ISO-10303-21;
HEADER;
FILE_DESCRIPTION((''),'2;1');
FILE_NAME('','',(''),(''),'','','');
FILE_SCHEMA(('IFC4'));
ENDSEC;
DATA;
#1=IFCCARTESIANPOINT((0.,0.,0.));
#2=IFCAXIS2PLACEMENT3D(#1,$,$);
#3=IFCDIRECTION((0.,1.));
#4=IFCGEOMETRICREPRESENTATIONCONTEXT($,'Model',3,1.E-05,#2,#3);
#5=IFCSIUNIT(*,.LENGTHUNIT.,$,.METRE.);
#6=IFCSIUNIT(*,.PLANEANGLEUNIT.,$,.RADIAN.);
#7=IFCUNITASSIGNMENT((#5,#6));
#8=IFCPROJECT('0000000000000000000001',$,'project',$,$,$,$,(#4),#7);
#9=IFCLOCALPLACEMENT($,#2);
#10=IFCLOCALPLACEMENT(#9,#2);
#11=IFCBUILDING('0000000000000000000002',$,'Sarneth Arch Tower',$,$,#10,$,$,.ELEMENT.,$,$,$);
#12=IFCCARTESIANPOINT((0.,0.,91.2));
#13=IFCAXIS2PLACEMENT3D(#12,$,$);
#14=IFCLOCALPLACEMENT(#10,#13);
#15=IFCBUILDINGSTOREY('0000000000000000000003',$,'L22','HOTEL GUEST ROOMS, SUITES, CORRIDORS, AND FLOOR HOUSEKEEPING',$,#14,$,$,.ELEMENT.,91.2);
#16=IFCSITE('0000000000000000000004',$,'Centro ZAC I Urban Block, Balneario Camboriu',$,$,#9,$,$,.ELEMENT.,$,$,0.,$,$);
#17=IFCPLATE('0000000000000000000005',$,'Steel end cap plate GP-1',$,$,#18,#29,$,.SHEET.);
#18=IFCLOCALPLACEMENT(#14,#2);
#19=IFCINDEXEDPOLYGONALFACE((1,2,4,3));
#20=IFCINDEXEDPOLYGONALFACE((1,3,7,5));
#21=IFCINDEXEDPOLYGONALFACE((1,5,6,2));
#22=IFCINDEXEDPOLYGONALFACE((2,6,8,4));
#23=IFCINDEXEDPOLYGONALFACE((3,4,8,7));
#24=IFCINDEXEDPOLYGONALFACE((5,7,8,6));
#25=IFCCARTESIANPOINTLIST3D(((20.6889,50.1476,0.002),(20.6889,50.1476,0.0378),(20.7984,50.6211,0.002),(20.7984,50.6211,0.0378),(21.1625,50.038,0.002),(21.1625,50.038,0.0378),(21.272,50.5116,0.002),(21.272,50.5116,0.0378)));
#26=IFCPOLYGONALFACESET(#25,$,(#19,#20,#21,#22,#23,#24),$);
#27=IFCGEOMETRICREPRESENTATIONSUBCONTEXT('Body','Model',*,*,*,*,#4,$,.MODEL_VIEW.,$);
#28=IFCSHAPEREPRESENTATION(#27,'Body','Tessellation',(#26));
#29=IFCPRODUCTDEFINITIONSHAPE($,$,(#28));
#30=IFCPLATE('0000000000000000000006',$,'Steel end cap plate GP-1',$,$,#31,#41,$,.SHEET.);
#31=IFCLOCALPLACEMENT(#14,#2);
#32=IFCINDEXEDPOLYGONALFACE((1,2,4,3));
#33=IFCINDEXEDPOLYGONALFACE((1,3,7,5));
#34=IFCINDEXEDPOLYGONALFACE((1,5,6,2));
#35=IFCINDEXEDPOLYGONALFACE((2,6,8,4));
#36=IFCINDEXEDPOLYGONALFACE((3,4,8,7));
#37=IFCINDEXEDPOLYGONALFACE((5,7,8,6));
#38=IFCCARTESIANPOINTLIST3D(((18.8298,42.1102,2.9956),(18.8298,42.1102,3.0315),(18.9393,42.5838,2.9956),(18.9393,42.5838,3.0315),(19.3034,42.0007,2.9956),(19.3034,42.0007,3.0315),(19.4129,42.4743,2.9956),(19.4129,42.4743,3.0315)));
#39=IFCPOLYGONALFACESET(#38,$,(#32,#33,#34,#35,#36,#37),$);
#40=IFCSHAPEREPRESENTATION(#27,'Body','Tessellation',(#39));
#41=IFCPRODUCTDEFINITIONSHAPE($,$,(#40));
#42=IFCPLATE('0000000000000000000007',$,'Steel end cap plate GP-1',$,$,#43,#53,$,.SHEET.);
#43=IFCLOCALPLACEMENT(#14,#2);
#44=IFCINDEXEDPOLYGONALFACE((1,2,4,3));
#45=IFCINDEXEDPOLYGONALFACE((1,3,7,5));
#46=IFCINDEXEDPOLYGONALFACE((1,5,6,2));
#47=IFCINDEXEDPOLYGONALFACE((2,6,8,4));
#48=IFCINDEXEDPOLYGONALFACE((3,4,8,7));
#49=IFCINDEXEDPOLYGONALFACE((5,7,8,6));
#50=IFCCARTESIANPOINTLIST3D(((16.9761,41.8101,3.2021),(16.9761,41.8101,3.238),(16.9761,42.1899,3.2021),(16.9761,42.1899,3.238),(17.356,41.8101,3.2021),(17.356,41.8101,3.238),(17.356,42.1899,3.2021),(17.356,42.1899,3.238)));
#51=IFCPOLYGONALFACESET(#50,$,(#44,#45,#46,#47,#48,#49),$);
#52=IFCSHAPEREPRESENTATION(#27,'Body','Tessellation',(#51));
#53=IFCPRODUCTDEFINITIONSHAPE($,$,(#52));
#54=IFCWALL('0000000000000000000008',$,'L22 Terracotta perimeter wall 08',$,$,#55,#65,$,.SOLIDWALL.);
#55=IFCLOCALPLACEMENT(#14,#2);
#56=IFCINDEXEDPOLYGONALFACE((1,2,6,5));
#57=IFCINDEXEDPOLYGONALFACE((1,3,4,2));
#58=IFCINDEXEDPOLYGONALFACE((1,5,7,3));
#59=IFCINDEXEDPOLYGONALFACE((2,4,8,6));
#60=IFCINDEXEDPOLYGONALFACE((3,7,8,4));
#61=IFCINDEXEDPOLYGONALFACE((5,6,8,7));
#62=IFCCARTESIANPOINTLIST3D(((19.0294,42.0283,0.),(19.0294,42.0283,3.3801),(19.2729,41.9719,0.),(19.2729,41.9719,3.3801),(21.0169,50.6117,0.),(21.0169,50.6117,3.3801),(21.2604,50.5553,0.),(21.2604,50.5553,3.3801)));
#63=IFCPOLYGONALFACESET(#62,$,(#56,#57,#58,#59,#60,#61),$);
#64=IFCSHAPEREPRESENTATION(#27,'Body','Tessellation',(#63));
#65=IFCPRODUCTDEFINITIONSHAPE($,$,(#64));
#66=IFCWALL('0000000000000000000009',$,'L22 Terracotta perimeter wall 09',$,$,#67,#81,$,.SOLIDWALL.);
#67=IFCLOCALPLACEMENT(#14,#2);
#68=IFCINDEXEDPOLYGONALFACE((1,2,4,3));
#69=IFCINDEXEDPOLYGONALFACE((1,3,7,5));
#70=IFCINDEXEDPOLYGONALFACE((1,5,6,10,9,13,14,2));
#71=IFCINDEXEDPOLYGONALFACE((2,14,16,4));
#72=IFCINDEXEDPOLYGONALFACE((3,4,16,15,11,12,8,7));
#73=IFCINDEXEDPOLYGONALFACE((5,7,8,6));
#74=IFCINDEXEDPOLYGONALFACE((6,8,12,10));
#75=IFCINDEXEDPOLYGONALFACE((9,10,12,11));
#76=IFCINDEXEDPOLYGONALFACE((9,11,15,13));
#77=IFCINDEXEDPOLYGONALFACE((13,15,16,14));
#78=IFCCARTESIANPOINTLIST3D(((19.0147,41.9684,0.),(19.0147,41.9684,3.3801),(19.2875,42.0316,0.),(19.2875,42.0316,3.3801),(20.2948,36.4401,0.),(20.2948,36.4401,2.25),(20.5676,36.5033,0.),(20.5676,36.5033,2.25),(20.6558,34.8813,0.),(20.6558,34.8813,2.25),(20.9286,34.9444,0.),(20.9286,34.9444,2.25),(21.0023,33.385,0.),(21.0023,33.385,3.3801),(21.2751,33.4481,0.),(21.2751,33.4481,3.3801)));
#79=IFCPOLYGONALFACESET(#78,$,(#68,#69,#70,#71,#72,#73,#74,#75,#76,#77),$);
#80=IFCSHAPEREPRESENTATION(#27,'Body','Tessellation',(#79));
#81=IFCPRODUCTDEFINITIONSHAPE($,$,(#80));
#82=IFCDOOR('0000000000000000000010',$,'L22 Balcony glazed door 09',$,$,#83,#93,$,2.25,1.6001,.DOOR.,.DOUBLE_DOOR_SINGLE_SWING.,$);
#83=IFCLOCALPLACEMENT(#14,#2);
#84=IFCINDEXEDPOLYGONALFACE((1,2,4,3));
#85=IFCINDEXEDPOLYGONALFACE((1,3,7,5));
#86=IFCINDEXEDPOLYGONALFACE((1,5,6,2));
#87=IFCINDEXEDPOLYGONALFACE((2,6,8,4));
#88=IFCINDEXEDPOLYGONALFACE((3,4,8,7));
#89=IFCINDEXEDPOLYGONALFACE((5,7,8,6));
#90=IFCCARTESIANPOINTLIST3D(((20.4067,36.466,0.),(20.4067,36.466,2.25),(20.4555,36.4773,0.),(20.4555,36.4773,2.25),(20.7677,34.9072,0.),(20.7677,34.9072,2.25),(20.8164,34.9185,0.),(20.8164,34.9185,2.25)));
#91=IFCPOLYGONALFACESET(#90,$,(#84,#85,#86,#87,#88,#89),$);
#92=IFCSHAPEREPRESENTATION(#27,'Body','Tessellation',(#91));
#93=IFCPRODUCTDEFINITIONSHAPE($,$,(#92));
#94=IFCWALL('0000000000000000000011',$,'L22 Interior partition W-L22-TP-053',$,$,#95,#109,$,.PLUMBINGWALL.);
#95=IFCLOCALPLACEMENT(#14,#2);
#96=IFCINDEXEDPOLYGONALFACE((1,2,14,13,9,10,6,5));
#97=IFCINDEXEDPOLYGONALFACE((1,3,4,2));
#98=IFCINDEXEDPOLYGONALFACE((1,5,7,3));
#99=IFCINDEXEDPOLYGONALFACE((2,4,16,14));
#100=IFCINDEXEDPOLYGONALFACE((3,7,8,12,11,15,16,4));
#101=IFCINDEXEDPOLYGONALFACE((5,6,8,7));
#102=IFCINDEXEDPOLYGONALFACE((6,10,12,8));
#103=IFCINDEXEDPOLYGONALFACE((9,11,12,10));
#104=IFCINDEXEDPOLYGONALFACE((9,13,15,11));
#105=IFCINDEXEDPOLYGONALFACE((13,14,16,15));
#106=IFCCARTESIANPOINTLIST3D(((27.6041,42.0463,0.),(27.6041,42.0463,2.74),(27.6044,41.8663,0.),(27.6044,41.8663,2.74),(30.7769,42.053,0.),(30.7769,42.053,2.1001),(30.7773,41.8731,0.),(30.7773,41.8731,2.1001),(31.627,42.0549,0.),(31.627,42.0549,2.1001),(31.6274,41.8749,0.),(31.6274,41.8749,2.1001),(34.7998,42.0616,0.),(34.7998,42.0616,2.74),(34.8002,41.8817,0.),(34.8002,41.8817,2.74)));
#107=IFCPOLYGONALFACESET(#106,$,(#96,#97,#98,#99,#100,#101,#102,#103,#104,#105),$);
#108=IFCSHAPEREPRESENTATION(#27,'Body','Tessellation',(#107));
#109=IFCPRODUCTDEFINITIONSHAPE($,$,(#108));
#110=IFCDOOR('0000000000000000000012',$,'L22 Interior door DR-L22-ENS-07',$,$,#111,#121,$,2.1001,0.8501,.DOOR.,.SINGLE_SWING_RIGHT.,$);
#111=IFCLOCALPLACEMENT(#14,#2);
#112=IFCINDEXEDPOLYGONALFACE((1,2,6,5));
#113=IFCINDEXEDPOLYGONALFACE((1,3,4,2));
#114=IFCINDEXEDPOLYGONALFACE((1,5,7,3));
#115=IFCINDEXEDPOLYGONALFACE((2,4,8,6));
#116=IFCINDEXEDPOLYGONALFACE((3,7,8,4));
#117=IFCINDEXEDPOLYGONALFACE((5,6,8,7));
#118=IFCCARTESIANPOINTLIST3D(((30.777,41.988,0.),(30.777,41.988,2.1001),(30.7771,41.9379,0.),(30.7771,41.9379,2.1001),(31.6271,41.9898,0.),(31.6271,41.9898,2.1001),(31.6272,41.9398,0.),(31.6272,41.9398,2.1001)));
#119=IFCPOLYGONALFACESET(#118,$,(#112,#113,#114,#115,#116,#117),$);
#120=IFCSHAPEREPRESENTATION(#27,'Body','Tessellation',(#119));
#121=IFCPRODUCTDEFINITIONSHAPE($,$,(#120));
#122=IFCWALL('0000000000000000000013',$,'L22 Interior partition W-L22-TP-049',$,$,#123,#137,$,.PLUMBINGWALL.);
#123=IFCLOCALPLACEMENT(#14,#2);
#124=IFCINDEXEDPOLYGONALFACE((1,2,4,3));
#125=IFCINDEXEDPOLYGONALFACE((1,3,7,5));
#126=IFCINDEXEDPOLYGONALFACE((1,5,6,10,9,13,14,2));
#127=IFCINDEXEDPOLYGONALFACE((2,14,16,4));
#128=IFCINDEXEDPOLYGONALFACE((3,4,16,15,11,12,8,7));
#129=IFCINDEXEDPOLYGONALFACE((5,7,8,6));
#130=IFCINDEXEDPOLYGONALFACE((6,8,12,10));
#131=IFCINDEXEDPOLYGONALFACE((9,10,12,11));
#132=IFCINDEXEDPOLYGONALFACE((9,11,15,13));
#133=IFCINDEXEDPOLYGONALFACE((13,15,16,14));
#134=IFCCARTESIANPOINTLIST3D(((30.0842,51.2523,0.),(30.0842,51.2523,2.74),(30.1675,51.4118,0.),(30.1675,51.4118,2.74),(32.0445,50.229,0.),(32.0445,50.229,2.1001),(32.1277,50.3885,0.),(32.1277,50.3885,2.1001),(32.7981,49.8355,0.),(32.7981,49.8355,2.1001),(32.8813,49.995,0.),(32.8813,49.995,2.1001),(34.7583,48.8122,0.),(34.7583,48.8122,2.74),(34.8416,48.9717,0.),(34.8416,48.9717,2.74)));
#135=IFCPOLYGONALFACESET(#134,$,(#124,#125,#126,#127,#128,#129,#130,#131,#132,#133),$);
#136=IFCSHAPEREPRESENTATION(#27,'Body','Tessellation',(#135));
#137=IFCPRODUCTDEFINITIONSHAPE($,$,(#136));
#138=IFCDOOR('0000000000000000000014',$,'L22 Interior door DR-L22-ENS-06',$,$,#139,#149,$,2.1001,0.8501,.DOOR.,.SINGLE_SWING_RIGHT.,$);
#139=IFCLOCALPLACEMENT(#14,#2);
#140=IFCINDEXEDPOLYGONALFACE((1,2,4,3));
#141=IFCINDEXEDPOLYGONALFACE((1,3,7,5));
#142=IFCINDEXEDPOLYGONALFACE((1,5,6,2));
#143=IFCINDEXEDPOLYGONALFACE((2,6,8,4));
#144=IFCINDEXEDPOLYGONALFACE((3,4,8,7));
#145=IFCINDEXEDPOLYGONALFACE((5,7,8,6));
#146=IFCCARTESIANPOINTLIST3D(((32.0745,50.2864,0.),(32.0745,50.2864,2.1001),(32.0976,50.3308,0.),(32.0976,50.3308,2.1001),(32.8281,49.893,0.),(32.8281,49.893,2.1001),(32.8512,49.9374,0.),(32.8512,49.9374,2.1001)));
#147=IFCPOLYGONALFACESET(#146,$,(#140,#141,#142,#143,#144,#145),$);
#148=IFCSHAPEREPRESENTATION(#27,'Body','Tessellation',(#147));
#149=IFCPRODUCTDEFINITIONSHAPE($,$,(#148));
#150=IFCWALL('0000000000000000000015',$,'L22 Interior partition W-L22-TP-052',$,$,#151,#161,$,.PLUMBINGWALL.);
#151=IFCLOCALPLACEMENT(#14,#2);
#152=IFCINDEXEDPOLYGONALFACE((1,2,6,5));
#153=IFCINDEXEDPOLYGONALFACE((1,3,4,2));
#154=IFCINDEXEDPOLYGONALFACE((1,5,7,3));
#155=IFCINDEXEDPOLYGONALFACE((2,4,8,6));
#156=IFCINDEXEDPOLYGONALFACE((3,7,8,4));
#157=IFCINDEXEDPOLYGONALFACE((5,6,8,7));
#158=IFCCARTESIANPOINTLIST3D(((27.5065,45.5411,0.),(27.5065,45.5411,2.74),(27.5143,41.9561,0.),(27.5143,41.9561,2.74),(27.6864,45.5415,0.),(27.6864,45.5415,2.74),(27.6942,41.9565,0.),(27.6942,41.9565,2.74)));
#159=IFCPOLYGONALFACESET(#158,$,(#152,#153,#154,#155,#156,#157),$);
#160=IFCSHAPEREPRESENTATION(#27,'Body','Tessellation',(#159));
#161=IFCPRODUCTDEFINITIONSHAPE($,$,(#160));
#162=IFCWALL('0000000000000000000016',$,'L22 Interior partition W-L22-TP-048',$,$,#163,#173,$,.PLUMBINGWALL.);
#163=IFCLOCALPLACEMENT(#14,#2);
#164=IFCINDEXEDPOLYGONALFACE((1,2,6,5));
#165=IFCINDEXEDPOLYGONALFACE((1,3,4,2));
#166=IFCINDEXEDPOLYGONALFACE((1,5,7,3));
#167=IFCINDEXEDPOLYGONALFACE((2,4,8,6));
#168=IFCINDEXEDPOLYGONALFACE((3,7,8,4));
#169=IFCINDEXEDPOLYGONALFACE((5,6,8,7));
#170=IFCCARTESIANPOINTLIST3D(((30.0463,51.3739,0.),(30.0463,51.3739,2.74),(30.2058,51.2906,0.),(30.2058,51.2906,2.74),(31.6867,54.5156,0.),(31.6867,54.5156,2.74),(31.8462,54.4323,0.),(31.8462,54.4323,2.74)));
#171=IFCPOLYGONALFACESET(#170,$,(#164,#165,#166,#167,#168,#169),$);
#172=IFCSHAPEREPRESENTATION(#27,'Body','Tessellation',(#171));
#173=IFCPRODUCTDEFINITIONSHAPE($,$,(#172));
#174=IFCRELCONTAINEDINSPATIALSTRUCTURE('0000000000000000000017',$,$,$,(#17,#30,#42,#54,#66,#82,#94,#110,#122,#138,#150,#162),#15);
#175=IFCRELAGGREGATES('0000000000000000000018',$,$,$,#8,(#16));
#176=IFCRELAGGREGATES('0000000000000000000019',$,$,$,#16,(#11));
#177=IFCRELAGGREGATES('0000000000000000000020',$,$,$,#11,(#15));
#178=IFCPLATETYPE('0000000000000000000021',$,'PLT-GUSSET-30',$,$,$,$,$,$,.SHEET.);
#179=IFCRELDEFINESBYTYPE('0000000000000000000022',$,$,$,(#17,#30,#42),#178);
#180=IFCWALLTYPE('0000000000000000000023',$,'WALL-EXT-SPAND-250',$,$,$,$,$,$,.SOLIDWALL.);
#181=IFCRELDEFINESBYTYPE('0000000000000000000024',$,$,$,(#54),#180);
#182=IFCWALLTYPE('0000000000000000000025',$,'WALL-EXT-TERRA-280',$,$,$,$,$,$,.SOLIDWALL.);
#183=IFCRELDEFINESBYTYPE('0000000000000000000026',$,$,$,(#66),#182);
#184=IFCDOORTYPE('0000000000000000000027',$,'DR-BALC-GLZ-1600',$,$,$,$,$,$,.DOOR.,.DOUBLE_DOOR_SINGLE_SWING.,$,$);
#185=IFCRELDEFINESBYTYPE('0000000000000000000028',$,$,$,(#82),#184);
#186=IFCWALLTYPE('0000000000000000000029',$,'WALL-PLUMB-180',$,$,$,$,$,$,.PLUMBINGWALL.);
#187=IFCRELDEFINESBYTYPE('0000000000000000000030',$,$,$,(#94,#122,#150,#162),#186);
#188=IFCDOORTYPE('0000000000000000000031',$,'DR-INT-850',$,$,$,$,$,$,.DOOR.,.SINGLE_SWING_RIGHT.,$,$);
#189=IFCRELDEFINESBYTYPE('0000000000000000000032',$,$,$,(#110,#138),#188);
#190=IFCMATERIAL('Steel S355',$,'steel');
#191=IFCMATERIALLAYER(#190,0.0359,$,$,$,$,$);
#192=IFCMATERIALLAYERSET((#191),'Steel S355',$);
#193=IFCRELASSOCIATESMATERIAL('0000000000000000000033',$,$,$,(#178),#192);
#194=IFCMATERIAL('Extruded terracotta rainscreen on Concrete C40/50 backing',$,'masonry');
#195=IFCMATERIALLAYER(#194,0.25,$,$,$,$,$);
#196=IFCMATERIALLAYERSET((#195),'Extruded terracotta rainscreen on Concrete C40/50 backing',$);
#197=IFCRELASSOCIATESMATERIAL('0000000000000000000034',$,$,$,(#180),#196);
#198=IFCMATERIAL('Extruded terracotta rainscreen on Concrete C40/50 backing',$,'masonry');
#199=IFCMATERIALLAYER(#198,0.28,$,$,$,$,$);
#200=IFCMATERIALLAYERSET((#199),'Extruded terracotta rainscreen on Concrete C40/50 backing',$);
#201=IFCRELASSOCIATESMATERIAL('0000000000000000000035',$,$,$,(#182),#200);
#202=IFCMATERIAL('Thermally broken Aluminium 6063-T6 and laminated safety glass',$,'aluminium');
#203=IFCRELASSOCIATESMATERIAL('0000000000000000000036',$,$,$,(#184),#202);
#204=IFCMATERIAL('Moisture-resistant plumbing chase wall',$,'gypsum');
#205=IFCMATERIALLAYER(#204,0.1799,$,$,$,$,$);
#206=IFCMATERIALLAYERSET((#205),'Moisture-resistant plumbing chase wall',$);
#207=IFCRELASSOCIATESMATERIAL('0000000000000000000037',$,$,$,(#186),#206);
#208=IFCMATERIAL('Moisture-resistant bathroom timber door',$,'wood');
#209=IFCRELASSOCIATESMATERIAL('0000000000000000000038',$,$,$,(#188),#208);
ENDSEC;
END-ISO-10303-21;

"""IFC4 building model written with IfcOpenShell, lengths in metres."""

from ifc_helpers import new_model, si_unit, direction, frame, frame_2d, origin, origin_2d, place, context, subcontext, project, spatial, rectangle, extrude, material, layer, layer_set, type_object, element, fill, save


model = new_model("IFC4")

# Units and contexts
model_context = context("Model", 3, precision=1e-05, world=origin(), true_north=direction((0.0, 1.0)))
body_context = subcontext(model_context, "Body", "Model", "MODEL_VIEW")
ifc_project = project(units=[si_unit("LENGTHUNIT", "METRE"), si_unit("PLANEANGLEUNIT", "RADIAN")], contexts=[model_context])

# Site, building, storey
site_placement = place(None, origin())
site = spatial("IfcSite", under=ifc_project, at=site_placement, Name="Centro ZAC I Urban Block, Balneario Camboriu", CompositionType="ELEMENT", RefElevation=0.0)
building_placement = place(site_placement, origin())
building = spatial("IfcBuilding", under=site, at=building_placement, Name="Sarneth Arch Tower", CompositionType="ELEMENT")
storey_placement = place(building_placement, frame((0.0, 0.0, 91.2)))
storey = spatial("IfcBuildingStorey", under=building, at=storey_placement, Name="L22", Description="HOTEL GUEST ROOMS, SUITES, CORRIDORS, AND FLOOR HOUSEKEEPING", CompositionType="ELEMENT", Elevation=91.2)

# Plates
ifc_material_1 = material(Name="Steel S355", Category="steel")
ifc_layer_1 = layer(ifc_material_1, 0.0359)
ifc_layer_set_1 = layer_set([ifc_layer_1], Name="Steel S355")
plate_type = type_object("IfcPlateType", Name="PLT-GUSSET-30", PredefinedType="SHEET", material=ifc_layer_set_1)
for number, where, z_axis, x_axis, name in (
    (1, (20.9805, 50.3296, 0.002), (0.0, 0.0, 1.0), (-0.225291, -0.974291, 0.0), "Steel end cap plate GP-1"),
    (2, (19.1213, 42.2922, 2.9956), (0.0, 0.0, 1.0), (-0.225291, -0.974291, 0.0), "Steel end cap plate GP-1"),
):
    element("IfcPlate", number, at=place(storey_placement, frame(where, z_axis=z_axis, x_axis=x_axis)), inside=storey, type_object=plate_type, Name=name, PredefinedType="SHEET", context=body_context, shape_type="SweptSolid", body=[
        extrude(rectangle(XDim=0.4861, YDim=0.4861, at=origin_2d()), origin(), (0.0, 0.0, 1.0), 0.0359),
    ])
plate_placement = place(storey_placement, frame((17.166, 42.0, 3.2021), z_axis=(0.0, 0.0, 1.0), x_axis=(-1.0, 0.0, 0.0)))
element("IfcPlate", 3, at=plate_placement, inside=storey, type_object=plate_type, Name="Steel end cap plate GP-1", PredefinedType="SHEET", context=body_context, shape_type="SweptSolid", body=[
    extrude(rectangle(XDim=0.3799, YDim=0.3799, at=origin_2d()), origin(), (0.0, 0.0, 1.0), 0.0359),
])

# Wall
ifc_material_2 = material(Name="Extruded terracotta rainscreen on Concrete C40/50 backing", Category="masonry")
ifc_layer_2 = layer(ifc_material_2, 0.25)
ifc_layer_set_2 = layer_set([ifc_layer_2], Name="Extruded terracotta rainscreen on Concrete C40/50 backing")
wall_type_1 = type_object("IfcWallType", Name="WALL-EXT-SPAND-250", PredefinedType="SOLIDWALL", material=ifc_layer_set_2)
wall_1_placement = place(storey_placement, frame((21.1387, 50.5835, 0.0), z_axis=(0.0, 0.0, 1.0), x_axis=(-0.225586, -0.974223, 0.0)))
element("IfcWall", 4, at=wall_1_placement, inside=storey, type_object=wall_type_1, Name="L22 Terracotta perimeter wall 08", PredefinedType="SOLIDWALL", context=body_context, shape_type="SweptSolid", body=[
    extrude(rectangle(XDim=8.8105, YDim=0.25, at=frame_2d((4.4053, 0.0))), origin(), (0.0, 0.0, 1.0), 3.3801),
])

# Walls, openings, doors
ifc_material_3 = material(Name="Extruded terracotta rainscreen on Concrete C40/50 backing", Category="masonry")
ifc_layer_3 = layer(ifc_material_3, 0.28)
ifc_layer_set_3 = layer_set([ifc_layer_3], Name="Extruded terracotta rainscreen on Concrete C40/50 backing")
wall_type_2 = type_object("IfcWallType", Name="WALL-EXT-TERRA-280", PredefinedType="SOLIDWALL", material=ifc_layer_set_3)
wall_2_placement = place(storey_placement, frame((19.1511, 42.0, 0.0), z_axis=(0.0, 0.0, 1.0), x_axis=(0.225586, -0.974223, 0.0)))
wall_2 = element("IfcWall", 5, at=wall_2_placement, inside=storey, type_object=wall_type_2, Name="L22 Terracotta perimeter wall 09", PredefinedType="SOLIDWALL", context=body_context, shape_type="SweptSolid", body=[
    extrude(rectangle(XDim=8.8105, YDim=0.28, at=frame_2d((4.4053, 0.0))), origin(), (0.0, 0.0, 1.0), 3.3801),
])
opening_1_placement = place(wall_2_placement, frame((5.6746, 0.0, 0.0)))
opening_1 = element("IfcOpeningElement", 6, at=opening_1_placement, cuts=wall_2, PredefinedType="OPENING", context=body_context, shape_type="SweptSolid", body=[
    extrude(rectangle(XDim=1.6001, YDim=2.25, at=frame_2d((0.8, 1.125))), frame((0.0, 0.1499, 0.0), z_axis=(0.0, -1.0, 0.0), x_axis=(1.0, 0.0, 0.0)), (0.0, 0.0, 1.0), 0.3),
])
ifc_material_4 = material(Name="Thermally broken Aluminium 6063-T6 and laminated safety glass", Category="aluminium")
door_type_1 = type_object("IfcDoorType", Name="DR-BALC-GLZ-1600", OperationType="DOUBLE_DOOR_SINGLE_SWING", PredefinedType="DOOR", material=ifc_material_4)
door_1_placement = place(opening_1_placement, origin())
door_1 = element("IfcDoor", 7, at=door_1_placement, inside=storey, type_object=door_type_1, Name="L22 Balcony glazed door 09", OperationType="DOUBLE_DOOR_SINGLE_SWING", OverallHeight=2.25, OverallWidth=1.6001, PredefinedType="DOOR", context=body_context, shape_type="SweptSolid", body=[
    extrude(rectangle(XDim=1.6001, YDim=2.25, at=frame_2d((0.8, 1.125))), frame((0.0, 0.0249, 0.0), z_axis=(0.0, -1.0, 0.0), x_axis=(1.0, 0.0, 0.0)), (0.0, 0.0, 1.0), 0.05),
])
fill(opening_1, door_1)
ifc_material_5 = material(Name="Moisture-resistant plumbing chase wall", Category="gypsum")
ifc_layer_4 = layer(ifc_material_5, 0.1799)
ifc_layer_set_4 = layer_set([ifc_layer_4], Name="Moisture-resistant plumbing chase wall")
wall_type_3 = type_object("IfcWallType", Name="WALL-PLUMB-180", PredefinedType="PLUMBINGWALL", material=ifc_layer_set_4)
wall_3_placement = place(storey_placement, frame((27.6042, 41.9563, 0.0), z_axis=(0.0, 0.0, 1.0), x_axis=(0.999998, 0.002137, 0.0)))
wall_3 = element("IfcWall", 8, at=wall_3_placement, inside=storey, type_object=wall_type_3, Name="L22 Interior partition W-L22-TP-053", PredefinedType="PLUMBINGWALL", context=body_context, shape_type="SweptSolid", body=[
    extrude(rectangle(XDim=7.1958, YDim=0.1799, at=frame_2d((3.5979, 0.0))), origin(), (0.0, 0.0, 1.0), 2.74),
])
opening_2_placement = place(wall_3_placement, frame((3.1729, 0.0, 0.0)))
opening_2 = element("IfcOpeningElement", 9, at=opening_2_placement, cuts=wall_3, PredefinedType="OPENING", context=body_context, shape_type="SweptSolid", body=[
    extrude(rectangle(XDim=0.8501, YDim=2.1001, at=frame_2d((0.425, 1.05))), frame((0.0, 0.0999, 0.0), z_axis=(0.0, -1.0, 0.0), x_axis=(1.0, 0.0, 0.0)), (0.0, 0.0, 1.0), 0.2),
])
ifc_material_6 = material(Name="Moisture-resistant bathroom timber door", Category="wood")
door_type_2 = type_object("IfcDoorType", Name="DR-INT-850", OperationType="SINGLE_SWING_RIGHT", PredefinedType="DOOR", material=ifc_material_6)
door_2_placement = place(opening_2_placement, origin())
door_2 = element("IfcDoor", 10, at=door_2_placement, inside=storey, type_object=door_type_2, Name="L22 Interior door DR-L22-ENS-07", OperationType="SINGLE_SWING_RIGHT", OverallHeight=2.1001, OverallWidth=0.8501, PredefinedType="DOOR", context=body_context, shape_type="SweptSolid", body=[
    extrude(rectangle(XDim=0.8501, YDim=2.1001, at=frame_2d((0.425, 1.05))), frame((0.0, 0.0249, 0.0), z_axis=(0.0, -1.0, 0.0), x_axis=(1.0, 0.0, 0.0)), (0.0, 0.0, 1.0), 0.05),
])
fill(opening_2, door_2)
wall_4_placement = place(storey_placement, frame((30.126, 51.332, 0.0), z_axis=(0.0, 0.0, 1.0), x_axis=(0.886465, -0.462795, 0.0)))
wall_4 = element("IfcWall", 11, at=wall_4_placement, inside=storey, type_object=wall_type_3, Name="L22 Interior partition W-L22-TP-049", PredefinedType="PLUMBINGWALL", context=body_context, shape_type="SweptSolid", body=[
    extrude(rectangle(XDim=5.2727, YDim=0.1799, at=frame_2d((2.6362, 0.0))), origin(), (0.0, 0.0, 1.0), 2.74),
])
opening_3_placement = place(wall_4_placement, frame((2.2112, 0.0, 0.0)))
opening_3 = element("IfcOpeningElement", 12, at=opening_3_placement, cuts=wall_4, PredefinedType="OPENING", context=body_context, shape_type="SweptSolid", body=[
    extrude(rectangle(XDim=0.8501, YDim=2.1001, at=frame_2d((0.425, 1.05))), frame((0.0, 0.0999, 0.0), z_axis=(0.0, -1.0, 0.0), x_axis=(1.0, 0.0, 0.0)), (0.0, 0.0, 1.0), 0.2),
])
door_3_placement = place(opening_3_placement, origin())
door_3 = element("IfcDoor", 13, at=door_3_placement, inside=storey, type_object=door_type_2, Name="L22 Interior door DR-L22-ENS-06", OperationType="SINGLE_SWING_RIGHT", OverallHeight=2.1001, OverallWidth=0.8501, PredefinedType="DOOR", context=body_context, shape_type="SweptSolid", body=[
    extrude(rectangle(XDim=0.8501, YDim=2.1001, at=frame_2d((0.425, 1.05))), frame((0.0, 0.0249, 0.0), z_axis=(0.0, -1.0, 0.0), x_axis=(1.0, 0.0, 0.0)), (0.0, 0.0, 1.0), 0.05),
])
fill(opening_3, door_3)

# Walls
wall_5_placement = place(storey_placement, frame((27.5964, 45.5413, 0.0), z_axis=(0.0, 0.0, 1.0), x_axis=(0.002179, -0.999998, 0.0)))
element("IfcWall", 14, at=wall_5_placement, inside=storey, type_object=wall_type_3, Name="L22 Interior partition W-L22-TP-052", PredefinedType="PLUMBINGWALL", context=body_context, shape_type="SweptSolid", body=[
    extrude(rectangle(XDim=3.585, YDim=0.1799, at=frame_2d((1.7925, 0.0))), origin(), (0.0, 0.0, 1.0), 2.74),
])
wall_6_placement = place(storey_placement, frame((31.7664, 54.4739, 0.0), z_axis=(0.0, 0.0, 1.0), x_axis=(-0.462823, -0.886451, 0.0)))
element("IfcWall", 15, at=wall_6_placement, inside=storey, type_object=wall_type_3, Name="L22 Interior partition W-L22-TP-048", PredefinedType="PLUMBINGWALL", context=body_context, shape_type="SweptSolid", body=[
    extrude(rectangle(XDim=3.5442, YDim=0.1799, at=frame_2d((1.772, 0.0))), origin(), (0.0, 0.0, 1.0), 2.74),
])

save(model, "model.ifc")
